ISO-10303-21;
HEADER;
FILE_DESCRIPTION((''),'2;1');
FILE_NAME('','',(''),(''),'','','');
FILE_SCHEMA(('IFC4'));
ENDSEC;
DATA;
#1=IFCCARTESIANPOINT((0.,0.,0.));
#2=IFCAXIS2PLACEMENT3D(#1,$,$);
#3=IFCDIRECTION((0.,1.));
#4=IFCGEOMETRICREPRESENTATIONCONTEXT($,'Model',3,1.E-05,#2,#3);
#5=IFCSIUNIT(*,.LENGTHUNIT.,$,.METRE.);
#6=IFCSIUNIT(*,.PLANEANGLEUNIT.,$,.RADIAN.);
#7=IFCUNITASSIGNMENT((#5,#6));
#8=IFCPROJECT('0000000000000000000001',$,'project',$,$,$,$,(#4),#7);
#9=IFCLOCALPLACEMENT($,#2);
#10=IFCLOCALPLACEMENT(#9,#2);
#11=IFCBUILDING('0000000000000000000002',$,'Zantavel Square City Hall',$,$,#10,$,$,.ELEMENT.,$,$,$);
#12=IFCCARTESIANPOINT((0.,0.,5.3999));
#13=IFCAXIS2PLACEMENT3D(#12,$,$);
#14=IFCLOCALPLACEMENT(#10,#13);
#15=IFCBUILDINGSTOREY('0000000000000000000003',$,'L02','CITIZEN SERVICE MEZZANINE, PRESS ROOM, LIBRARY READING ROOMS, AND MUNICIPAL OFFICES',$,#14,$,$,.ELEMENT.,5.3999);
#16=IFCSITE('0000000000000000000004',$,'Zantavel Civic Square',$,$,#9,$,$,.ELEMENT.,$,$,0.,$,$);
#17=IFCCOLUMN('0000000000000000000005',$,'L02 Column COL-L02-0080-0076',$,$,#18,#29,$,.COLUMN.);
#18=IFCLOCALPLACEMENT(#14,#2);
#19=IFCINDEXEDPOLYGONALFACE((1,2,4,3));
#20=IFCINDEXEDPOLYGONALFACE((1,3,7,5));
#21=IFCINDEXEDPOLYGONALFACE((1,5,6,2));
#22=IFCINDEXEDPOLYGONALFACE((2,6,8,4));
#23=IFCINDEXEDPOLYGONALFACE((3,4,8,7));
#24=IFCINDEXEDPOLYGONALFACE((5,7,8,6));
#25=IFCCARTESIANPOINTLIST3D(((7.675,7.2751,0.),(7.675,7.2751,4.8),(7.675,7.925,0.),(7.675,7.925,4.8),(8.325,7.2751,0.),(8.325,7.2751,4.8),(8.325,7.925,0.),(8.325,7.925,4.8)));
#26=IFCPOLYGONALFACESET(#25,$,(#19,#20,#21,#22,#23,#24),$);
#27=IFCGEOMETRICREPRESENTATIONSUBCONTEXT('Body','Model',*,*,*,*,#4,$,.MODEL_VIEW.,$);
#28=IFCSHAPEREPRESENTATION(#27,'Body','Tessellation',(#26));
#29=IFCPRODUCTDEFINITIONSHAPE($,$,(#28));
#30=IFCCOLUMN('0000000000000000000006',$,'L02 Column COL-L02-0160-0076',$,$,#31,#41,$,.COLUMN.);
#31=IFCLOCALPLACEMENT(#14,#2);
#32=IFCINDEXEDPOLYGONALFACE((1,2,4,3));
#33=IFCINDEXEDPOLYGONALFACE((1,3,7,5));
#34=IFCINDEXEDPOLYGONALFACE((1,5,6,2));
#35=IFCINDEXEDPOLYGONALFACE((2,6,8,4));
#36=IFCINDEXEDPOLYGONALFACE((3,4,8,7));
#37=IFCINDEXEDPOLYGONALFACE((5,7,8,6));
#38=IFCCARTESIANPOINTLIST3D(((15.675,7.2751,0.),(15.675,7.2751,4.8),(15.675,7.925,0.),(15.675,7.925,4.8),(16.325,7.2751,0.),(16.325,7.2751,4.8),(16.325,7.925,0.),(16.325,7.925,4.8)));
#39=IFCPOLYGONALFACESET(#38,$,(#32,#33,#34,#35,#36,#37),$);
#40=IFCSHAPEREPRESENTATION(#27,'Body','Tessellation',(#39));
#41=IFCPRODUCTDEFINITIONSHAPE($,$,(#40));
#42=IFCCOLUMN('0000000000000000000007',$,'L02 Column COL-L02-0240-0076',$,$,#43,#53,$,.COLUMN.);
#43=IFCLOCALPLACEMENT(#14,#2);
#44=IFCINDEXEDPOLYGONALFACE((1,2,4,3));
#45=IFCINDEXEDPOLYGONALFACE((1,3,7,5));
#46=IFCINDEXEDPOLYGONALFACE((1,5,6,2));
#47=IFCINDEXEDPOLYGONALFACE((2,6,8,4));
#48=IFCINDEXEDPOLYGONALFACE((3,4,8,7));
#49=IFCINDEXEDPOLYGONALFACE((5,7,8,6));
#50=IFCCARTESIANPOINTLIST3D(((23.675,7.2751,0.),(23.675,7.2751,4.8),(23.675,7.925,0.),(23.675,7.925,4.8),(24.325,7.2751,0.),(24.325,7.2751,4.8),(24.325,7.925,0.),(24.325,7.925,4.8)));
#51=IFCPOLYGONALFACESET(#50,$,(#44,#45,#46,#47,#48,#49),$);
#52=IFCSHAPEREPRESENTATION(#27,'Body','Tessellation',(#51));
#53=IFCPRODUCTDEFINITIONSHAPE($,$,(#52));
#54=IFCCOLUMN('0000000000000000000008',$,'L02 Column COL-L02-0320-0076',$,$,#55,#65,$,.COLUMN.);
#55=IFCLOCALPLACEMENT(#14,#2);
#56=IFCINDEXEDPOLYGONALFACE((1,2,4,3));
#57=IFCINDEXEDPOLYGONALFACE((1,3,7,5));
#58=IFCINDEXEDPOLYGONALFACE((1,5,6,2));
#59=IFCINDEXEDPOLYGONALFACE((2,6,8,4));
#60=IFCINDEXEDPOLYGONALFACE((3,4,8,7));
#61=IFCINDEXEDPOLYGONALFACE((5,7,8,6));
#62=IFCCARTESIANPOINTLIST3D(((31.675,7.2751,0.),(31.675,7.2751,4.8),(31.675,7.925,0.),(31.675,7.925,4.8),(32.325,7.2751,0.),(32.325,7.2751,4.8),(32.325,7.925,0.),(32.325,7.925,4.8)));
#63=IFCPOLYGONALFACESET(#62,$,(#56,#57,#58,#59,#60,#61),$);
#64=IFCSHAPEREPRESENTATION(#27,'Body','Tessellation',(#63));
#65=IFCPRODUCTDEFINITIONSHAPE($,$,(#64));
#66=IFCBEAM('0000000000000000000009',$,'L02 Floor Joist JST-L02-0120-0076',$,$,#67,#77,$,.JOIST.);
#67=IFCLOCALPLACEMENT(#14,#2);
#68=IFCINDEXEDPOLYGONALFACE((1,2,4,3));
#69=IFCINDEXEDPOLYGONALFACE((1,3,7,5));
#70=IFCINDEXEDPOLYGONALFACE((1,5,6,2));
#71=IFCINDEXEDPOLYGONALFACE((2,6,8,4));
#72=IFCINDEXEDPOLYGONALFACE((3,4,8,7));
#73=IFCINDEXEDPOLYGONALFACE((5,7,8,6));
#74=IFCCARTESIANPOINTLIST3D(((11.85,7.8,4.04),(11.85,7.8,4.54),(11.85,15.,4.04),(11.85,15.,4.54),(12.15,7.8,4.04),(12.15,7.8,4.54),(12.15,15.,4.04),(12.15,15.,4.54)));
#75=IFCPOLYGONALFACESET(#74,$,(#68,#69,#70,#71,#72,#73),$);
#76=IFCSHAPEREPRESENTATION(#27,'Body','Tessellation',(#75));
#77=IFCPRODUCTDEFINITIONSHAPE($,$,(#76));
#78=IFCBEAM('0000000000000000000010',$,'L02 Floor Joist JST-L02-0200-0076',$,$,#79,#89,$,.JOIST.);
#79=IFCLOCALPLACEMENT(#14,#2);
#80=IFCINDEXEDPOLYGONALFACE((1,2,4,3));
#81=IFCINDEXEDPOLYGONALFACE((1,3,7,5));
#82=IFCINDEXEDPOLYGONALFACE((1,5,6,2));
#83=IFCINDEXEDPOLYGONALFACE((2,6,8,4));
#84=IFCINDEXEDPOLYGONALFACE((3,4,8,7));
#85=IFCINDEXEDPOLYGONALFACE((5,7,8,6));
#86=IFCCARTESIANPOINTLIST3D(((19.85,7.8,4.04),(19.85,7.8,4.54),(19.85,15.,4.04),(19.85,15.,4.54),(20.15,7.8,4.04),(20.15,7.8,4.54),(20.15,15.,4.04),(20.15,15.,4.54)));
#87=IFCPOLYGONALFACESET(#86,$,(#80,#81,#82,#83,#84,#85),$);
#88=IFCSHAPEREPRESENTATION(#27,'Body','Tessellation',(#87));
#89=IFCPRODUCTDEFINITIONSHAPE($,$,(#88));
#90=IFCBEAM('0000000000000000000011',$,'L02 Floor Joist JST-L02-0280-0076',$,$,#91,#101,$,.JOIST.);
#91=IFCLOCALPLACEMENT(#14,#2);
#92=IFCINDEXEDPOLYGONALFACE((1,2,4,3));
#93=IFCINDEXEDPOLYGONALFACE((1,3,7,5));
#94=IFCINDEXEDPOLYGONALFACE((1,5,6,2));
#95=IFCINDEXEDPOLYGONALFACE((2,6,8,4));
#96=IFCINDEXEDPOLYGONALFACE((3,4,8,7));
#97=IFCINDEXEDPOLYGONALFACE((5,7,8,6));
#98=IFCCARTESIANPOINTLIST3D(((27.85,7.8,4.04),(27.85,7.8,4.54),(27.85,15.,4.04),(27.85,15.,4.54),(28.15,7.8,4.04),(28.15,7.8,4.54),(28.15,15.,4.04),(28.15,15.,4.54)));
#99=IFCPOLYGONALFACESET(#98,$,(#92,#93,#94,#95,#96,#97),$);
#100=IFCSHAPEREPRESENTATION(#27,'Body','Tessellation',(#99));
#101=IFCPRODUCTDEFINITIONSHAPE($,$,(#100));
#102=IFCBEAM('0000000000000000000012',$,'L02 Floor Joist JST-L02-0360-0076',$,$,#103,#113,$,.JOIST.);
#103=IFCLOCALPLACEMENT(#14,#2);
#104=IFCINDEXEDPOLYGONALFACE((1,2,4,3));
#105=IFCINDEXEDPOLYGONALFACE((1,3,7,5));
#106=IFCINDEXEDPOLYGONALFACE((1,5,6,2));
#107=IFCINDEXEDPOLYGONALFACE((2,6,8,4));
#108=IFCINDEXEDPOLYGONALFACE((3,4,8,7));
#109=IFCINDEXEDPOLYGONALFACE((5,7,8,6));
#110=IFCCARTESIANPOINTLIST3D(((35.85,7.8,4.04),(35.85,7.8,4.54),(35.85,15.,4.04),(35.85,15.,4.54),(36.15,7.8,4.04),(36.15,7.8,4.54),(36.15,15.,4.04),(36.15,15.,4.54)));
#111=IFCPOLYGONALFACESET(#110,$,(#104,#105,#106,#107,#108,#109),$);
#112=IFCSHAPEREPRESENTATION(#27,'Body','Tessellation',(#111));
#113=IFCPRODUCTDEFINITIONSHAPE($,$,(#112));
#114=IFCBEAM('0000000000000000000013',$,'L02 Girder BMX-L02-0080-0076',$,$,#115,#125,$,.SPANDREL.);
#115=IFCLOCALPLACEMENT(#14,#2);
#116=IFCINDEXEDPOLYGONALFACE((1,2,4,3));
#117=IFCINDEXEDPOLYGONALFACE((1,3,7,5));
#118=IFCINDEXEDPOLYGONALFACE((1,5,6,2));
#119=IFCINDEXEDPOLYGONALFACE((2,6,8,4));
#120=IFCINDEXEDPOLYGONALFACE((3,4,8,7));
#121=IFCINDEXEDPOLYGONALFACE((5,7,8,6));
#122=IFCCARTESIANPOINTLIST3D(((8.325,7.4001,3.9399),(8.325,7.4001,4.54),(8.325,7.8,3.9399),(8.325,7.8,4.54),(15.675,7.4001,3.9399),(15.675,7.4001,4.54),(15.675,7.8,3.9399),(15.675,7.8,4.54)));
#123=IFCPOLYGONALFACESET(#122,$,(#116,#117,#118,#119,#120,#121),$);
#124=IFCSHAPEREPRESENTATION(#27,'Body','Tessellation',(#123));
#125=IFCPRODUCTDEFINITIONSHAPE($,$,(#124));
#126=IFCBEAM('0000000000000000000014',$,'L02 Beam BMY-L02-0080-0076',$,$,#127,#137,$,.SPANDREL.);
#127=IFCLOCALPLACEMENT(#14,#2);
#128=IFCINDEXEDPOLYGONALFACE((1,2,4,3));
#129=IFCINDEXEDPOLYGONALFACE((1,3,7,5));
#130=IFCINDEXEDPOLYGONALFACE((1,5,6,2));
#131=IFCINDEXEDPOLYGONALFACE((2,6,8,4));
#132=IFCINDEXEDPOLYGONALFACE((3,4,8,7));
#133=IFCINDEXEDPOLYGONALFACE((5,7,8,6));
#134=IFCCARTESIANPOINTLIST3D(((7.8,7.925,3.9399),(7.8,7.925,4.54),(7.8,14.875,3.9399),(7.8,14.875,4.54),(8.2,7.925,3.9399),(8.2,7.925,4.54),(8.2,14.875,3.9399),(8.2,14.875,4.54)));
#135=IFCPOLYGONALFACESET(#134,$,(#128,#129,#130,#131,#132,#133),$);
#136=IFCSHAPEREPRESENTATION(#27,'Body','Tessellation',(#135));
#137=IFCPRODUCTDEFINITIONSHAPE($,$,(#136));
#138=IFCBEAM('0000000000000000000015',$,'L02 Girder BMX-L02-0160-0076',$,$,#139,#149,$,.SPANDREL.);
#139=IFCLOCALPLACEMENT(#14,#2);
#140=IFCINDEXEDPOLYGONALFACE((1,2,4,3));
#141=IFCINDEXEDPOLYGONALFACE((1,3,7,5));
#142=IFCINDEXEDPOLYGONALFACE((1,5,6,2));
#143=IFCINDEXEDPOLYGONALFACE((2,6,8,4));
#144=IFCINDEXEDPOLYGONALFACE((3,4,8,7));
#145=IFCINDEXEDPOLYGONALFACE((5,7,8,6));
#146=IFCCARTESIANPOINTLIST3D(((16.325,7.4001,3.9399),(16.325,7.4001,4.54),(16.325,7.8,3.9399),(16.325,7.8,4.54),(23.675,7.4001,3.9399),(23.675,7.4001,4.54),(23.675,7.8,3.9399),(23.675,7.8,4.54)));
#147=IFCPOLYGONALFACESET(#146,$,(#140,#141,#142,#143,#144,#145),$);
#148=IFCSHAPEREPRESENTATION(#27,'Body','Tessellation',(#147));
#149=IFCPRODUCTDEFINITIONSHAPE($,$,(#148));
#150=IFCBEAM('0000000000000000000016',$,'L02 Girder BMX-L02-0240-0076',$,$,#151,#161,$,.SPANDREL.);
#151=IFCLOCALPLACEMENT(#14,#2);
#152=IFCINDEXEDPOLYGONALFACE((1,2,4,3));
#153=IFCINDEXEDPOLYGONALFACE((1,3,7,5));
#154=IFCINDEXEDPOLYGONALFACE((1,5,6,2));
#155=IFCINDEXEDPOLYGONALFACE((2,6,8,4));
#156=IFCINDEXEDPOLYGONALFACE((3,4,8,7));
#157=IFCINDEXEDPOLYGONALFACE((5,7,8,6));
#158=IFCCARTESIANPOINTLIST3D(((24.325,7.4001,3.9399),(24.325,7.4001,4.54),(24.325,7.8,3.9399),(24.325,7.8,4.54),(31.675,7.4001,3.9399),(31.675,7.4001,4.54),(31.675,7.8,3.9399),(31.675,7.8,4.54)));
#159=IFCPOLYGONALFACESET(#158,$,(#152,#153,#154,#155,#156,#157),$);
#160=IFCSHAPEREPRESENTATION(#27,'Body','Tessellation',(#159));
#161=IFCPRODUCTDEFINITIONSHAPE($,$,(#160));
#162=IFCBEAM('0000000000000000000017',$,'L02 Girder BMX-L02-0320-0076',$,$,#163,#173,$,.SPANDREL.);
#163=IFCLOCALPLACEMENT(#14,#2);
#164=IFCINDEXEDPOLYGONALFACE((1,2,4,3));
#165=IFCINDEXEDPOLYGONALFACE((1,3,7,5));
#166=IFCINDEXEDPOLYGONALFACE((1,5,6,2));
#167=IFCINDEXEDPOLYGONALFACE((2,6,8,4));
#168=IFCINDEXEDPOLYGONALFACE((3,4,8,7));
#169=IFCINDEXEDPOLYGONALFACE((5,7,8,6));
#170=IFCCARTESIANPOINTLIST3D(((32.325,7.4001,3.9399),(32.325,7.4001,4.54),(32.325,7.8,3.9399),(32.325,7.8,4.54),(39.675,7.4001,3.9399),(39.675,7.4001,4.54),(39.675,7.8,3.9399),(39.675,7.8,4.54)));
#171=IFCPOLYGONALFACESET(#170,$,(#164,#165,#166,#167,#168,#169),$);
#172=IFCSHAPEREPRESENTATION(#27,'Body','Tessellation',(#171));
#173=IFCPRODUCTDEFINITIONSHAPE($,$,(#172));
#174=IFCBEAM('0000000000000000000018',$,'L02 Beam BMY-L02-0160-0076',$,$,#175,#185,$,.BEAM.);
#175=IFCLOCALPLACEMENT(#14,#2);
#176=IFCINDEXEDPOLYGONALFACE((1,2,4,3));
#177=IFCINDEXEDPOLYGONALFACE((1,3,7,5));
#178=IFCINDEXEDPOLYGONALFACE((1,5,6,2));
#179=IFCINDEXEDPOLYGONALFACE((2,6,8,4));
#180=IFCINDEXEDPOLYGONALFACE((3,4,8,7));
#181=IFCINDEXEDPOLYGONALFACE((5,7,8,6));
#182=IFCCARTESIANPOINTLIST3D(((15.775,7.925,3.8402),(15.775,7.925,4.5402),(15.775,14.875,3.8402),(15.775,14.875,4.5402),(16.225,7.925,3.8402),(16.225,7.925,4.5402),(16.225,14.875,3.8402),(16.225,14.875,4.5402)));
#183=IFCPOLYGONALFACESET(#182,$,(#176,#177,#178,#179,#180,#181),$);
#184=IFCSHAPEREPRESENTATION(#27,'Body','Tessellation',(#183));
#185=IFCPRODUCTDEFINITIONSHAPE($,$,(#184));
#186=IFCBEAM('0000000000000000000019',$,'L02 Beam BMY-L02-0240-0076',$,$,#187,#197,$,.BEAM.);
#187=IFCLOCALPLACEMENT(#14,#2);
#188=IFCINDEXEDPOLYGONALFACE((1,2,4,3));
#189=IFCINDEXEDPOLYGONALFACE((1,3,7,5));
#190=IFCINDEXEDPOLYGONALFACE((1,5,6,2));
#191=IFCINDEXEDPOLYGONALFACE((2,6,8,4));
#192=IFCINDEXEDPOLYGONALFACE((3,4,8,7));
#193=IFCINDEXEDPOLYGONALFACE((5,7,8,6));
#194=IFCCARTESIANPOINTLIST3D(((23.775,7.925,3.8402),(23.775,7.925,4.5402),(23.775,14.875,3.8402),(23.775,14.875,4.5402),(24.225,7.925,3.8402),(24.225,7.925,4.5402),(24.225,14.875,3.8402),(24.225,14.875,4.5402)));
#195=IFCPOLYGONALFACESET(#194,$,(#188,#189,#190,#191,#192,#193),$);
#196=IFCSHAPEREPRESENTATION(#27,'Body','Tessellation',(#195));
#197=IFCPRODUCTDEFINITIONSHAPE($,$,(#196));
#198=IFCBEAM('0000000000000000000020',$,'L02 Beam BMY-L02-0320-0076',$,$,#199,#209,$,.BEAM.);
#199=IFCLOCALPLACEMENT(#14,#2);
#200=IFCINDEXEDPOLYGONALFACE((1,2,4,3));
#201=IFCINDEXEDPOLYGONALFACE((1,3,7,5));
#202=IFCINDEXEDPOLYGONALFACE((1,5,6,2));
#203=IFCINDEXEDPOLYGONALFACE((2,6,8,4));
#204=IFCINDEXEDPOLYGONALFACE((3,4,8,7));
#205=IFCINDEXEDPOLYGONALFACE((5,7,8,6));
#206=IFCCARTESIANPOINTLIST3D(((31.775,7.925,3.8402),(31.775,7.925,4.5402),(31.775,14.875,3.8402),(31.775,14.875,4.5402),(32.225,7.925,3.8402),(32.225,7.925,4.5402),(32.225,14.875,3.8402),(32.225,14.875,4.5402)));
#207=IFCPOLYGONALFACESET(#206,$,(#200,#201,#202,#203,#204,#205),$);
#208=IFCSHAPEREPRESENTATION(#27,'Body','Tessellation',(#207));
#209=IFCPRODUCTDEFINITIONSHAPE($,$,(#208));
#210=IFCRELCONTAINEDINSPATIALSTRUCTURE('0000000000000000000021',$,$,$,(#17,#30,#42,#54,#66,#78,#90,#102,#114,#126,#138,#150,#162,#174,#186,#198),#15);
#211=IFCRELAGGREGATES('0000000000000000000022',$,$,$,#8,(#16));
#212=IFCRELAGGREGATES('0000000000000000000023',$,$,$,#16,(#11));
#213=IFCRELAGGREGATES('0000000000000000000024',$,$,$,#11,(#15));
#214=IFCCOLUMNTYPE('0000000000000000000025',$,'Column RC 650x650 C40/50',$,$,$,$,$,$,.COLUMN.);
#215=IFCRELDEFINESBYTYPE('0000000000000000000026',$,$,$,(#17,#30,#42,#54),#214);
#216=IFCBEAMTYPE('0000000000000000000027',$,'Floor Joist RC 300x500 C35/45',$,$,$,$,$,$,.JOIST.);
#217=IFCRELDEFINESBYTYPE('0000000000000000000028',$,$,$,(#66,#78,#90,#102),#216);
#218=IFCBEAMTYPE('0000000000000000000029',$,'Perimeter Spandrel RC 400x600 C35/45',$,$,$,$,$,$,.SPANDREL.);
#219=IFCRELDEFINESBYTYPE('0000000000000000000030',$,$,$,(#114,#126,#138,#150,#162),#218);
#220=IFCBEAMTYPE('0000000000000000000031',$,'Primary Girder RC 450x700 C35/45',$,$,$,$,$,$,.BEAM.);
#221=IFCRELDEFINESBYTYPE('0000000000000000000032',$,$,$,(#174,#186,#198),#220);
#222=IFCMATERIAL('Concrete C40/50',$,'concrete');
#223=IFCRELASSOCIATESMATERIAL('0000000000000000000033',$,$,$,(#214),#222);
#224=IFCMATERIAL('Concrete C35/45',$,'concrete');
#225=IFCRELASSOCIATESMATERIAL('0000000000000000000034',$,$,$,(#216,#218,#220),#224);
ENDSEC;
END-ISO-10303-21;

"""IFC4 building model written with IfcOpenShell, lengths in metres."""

from ifc_helpers import new_model, si_unit, direction, frame, origin, origin_2d, place, context, subcontext, project, spatial, rectangle, extrude, material, material_profile, profile_set, type_object, element, save


model = new_model("IFC4")

# Units and contexts
model_context = context("Model", 3, precision=1e-05, world=origin(), true_north=direction((0.0, 1.0)))
body_context = subcontext(model_context, "Body", "Model", "MODEL_VIEW")
ifc_project = project(units=[si_unit("LENGTHUNIT", "METRE"), si_unit("PLANEANGLEUNIT", "RADIAN")], contexts=[model_context])

# Site, building, storey
site_placement = place(None, origin())
site = spatial("IfcSite", under=ifc_project, at=site_placement, Name="Zantavel Civic Square", CompositionType="ELEMENT", RefElevation=0.0)
building_placement = place(site_placement, origin())
building = spatial("IfcBuilding", under=site, at=building_placement, Name="Zantavel Square City Hall", CompositionType="ELEMENT")
storey_placement = place(building_placement, frame((0.0, 0.0, 5.3999)))
storey = spatial("IfcBuildingStorey", under=building, at=storey_placement, Name="L02", Description="CITIZEN SERVICE MEZZANINE, PRESS ROOM, LIBRARY READING ROOMS, AND MUNICIPAL OFFICES", CompositionType="ELEMENT", Elevation=5.3999)

# Columns
ifc_material_1 = material(Name="Concrete C40/50", Category="concrete")
ifc_material_profile_1 = material_profile(ifc_material_1, rectangle(XDim=0.6499, YDim=0.6499, at=origin_2d()), Name="RC 650x650")
ifc_profile_set_1 = profile_set([ifc_material_profile_1], Name="Concrete C40/50")
column_type = type_object("IfcColumnType", Name="Column RC 650x650 C40/50", PredefinedType="COLUMN", material=ifc_profile_set_1)
for number, where, z_axis, x_axis, name in (
    (1, (8.0, 7.6001, 0.0), (0.0, 0.0, 1.0), (1.0, 0.0, 0.0), "L02 Column COL-L02-0080-0076"),
    (2, (16.0, 7.6001, 0.0), (0.0, 0.0, 1.0), (1.0, 0.0, 0.0), "L02 Column COL-L02-0160-0076"),
    (3, (24.0, 7.6001, 0.0), (0.0, 0.0, 1.0), (1.0, 0.0, 0.0), "L02 Column COL-L02-0240-0076"),
    (4, (32.0, 7.6001, 0.0), (0.0, 0.0, 1.0), (1.0, 0.0, 0.0), "L02 Column COL-L02-0320-0076"),
):
    element("IfcColumn", number, at=place(storey_placement, frame(where, z_axis=z_axis, x_axis=x_axis)), inside=storey, type_object=column_type, Name=name, PredefinedType="COLUMN", context=body_context, shape_type="SweptSolid", body=[
        extrude(rectangle(XDim=0.6499, YDim=0.6499, at=origin_2d()), origin(), (0.0, 0.0, 1.0), 4.8),
    ])

# Beams
ifc_material_2 = material(Name="Concrete C35/45", Category="concrete")
ifc_material_profile_2 = material_profile(ifc_material_2, rectangle(XDim=0.3, YDim=0.5, at=origin_2d()), Name="RC 300x500")
ifc_profile_set_2 = profile_set([ifc_material_profile_2], Name="Concrete C35/45")
beam_type_1 = type_object("IfcBeamType", Name="Floor Joist RC 300x500 C35/45", PredefinedType="JOIST", material=ifc_profile_set_2)
for number, where, z_axis, x_axis, name in (
    (5, (12.0, 7.8, 4.29), (0.0, 1.0, 0.0), (-1.0, 0.0, 0.0), "L02 Floor Joist JST-L02-0120-0076"),
    (6, (20.0, 7.8, 4.29), (0.0, 1.0, 0.0), (-1.0, 0.0, 0.0), "L02 Floor Joist JST-L02-0200-0076"),
    (7, (28.0, 7.8, 4.29), (0.0, 1.0, 0.0), (-1.0, 0.0, 0.0), "L02 Floor Joist JST-L02-0280-0076"),
    (8, (36.0, 7.8, 4.29), (0.0, 1.0, 0.0), (-1.0, 0.0, 0.0), "L02 Floor Joist JST-L02-0360-0076"),
):
    element("IfcBeam", number, at=place(storey_placement, frame(where, z_axis=z_axis, x_axis=x_axis)), inside=storey, type_object=beam_type_1, Name=name, PredefinedType="JOIST", context=body_context, shape_type="SweptSolid", body=[
        extrude(rectangle(XDim=0.3, YDim=0.5, at=origin_2d()), origin(), (0.0, 0.0, 1.0), 7.2),
    ])
ifc_material_profile_3 = material_profile(ifc_material_2, rectangle(XDim=0.3999, YDim=0.6001, at=origin_2d()), Name="RC 400x600")
ifc_profile_set_3 = profile_set([ifc_material_profile_3], Name="Concrete C35/45")
beam_type_2 = type_object("IfcBeamType", Name="Perimeter Spandrel RC 400x600 C35/45", PredefinedType="SPANDREL", material=ifc_profile_set_3)
beam_1_placement = place(storey_placement, frame((8.325, 7.6001, 4.24), z_axis=(1.0, 0.0, 0.0), x_axis=(0.0, 1.0, 0.0)))
element("IfcBeam", 9, at=beam_1_placement, inside=storey, type_object=beam_type_2, Name="L02 Girder BMX-L02-0080-0076", PredefinedType="SPANDREL", context=body_context, shape_type="SweptSolid", body=[
    extrude(rectangle(XDim=0.3999, YDim=0.6001, at=origin_2d()), origin(), (0.0, 0.0, 1.0), 7.3501),
])
beam_2_placement = place(storey_placement, frame((8.0, 7.925, 4.24), z_axis=(0.0, 1.0, 0.0), x_axis=(-1.0, 0.0, 0.0)))
element("IfcBeam", 10, at=beam_2_placement, inside=storey, type_object=beam_type_2, Name="L02 Beam BMY-L02-0080-0076", PredefinedType="SPANDREL", context=body_context, shape_type="SweptSolid", body=[
    extrude(rectangle(XDim=0.3999, YDim=0.6001, at=origin_2d()), origin(), (0.0, 0.0, 1.0), 6.95),
])
for number, where, z_axis, x_axis, name in (
    (11, (16.325, 7.6001, 4.24), (1.0, 0.0, 0.0), (0.0, 1.0, 0.0), "L02 Girder BMX-L02-0160-0076"),
    (12, (24.325, 7.6001, 4.24), (1.0, 0.0, 0.0), (0.0, 1.0, 0.0), "L02 Girder BMX-L02-0240-0076"),
    (13, (32.325, 7.6001, 4.24), (1.0, 0.0, 0.0), (0.0, 1.0, 0.0), "L02 Girder BMX-L02-0320-0076"),
):
    element("IfcBeam", number, at=place(storey_placement, frame(where, z_axis=z_axis, x_axis=x_axis)), inside=storey, type_object=beam_type_2, Name=name, PredefinedType="SPANDREL", context=body_context, shape_type="SweptSolid", body=[
        extrude(rectangle(XDim=0.3999, YDim=0.6001, at=origin_2d()), origin(), (0.0, 0.0, 1.0), 7.3501),
    ])
ifc_material_profile_4 = material_profile(ifc_material_2, rectangle(XDim=0.45, YDim=0.7, at=origin_2d()), Name="RC 450x700")
ifc_profile_set_4 = profile_set([ifc_material_profile_4], Name="Concrete C35/45")
beam_type_3 = type_object("IfcBeamType", Name="Primary Girder RC 450x700 C35/45", PredefinedType="BEAM", material=ifc_profile_set_4)
for number, where, z_axis, x_axis, name in (
    (14, (16.0, 7.925, 4.1902), (0.0, 1.0, 0.0), (-1.0, 0.0, 0.0), "L02 Beam BMY-L02-0160-0076"),
    (15, (24.0, 7.925, 4.1902), (0.0, 1.0, 0.0), (-1.0, 0.0, 0.0), "L02 Beam BMY-L02-0240-0076"),
    (16, (32.0, 7.925, 4.1902), (0.0, 1.0, 0.0), (-1.0, 0.0, 0.0), "L02 Beam BMY-L02-0320-0076"),
):
    element("IfcBeam", number, at=place(storey_placement, frame(where, z_axis=z_axis, x_axis=x_axis)), inside=storey, type_object=beam_type_3, Name=name, PredefinedType="BEAM", context=body_context, shape_type="SweptSolid", body=[
        extrude(rectangle(XDim=0.45, YDim=0.7, at=origin_2d()), origin(), (0.0, 0.0, 1.0), 6.95),
    ])

save(model, "model.ifc")
